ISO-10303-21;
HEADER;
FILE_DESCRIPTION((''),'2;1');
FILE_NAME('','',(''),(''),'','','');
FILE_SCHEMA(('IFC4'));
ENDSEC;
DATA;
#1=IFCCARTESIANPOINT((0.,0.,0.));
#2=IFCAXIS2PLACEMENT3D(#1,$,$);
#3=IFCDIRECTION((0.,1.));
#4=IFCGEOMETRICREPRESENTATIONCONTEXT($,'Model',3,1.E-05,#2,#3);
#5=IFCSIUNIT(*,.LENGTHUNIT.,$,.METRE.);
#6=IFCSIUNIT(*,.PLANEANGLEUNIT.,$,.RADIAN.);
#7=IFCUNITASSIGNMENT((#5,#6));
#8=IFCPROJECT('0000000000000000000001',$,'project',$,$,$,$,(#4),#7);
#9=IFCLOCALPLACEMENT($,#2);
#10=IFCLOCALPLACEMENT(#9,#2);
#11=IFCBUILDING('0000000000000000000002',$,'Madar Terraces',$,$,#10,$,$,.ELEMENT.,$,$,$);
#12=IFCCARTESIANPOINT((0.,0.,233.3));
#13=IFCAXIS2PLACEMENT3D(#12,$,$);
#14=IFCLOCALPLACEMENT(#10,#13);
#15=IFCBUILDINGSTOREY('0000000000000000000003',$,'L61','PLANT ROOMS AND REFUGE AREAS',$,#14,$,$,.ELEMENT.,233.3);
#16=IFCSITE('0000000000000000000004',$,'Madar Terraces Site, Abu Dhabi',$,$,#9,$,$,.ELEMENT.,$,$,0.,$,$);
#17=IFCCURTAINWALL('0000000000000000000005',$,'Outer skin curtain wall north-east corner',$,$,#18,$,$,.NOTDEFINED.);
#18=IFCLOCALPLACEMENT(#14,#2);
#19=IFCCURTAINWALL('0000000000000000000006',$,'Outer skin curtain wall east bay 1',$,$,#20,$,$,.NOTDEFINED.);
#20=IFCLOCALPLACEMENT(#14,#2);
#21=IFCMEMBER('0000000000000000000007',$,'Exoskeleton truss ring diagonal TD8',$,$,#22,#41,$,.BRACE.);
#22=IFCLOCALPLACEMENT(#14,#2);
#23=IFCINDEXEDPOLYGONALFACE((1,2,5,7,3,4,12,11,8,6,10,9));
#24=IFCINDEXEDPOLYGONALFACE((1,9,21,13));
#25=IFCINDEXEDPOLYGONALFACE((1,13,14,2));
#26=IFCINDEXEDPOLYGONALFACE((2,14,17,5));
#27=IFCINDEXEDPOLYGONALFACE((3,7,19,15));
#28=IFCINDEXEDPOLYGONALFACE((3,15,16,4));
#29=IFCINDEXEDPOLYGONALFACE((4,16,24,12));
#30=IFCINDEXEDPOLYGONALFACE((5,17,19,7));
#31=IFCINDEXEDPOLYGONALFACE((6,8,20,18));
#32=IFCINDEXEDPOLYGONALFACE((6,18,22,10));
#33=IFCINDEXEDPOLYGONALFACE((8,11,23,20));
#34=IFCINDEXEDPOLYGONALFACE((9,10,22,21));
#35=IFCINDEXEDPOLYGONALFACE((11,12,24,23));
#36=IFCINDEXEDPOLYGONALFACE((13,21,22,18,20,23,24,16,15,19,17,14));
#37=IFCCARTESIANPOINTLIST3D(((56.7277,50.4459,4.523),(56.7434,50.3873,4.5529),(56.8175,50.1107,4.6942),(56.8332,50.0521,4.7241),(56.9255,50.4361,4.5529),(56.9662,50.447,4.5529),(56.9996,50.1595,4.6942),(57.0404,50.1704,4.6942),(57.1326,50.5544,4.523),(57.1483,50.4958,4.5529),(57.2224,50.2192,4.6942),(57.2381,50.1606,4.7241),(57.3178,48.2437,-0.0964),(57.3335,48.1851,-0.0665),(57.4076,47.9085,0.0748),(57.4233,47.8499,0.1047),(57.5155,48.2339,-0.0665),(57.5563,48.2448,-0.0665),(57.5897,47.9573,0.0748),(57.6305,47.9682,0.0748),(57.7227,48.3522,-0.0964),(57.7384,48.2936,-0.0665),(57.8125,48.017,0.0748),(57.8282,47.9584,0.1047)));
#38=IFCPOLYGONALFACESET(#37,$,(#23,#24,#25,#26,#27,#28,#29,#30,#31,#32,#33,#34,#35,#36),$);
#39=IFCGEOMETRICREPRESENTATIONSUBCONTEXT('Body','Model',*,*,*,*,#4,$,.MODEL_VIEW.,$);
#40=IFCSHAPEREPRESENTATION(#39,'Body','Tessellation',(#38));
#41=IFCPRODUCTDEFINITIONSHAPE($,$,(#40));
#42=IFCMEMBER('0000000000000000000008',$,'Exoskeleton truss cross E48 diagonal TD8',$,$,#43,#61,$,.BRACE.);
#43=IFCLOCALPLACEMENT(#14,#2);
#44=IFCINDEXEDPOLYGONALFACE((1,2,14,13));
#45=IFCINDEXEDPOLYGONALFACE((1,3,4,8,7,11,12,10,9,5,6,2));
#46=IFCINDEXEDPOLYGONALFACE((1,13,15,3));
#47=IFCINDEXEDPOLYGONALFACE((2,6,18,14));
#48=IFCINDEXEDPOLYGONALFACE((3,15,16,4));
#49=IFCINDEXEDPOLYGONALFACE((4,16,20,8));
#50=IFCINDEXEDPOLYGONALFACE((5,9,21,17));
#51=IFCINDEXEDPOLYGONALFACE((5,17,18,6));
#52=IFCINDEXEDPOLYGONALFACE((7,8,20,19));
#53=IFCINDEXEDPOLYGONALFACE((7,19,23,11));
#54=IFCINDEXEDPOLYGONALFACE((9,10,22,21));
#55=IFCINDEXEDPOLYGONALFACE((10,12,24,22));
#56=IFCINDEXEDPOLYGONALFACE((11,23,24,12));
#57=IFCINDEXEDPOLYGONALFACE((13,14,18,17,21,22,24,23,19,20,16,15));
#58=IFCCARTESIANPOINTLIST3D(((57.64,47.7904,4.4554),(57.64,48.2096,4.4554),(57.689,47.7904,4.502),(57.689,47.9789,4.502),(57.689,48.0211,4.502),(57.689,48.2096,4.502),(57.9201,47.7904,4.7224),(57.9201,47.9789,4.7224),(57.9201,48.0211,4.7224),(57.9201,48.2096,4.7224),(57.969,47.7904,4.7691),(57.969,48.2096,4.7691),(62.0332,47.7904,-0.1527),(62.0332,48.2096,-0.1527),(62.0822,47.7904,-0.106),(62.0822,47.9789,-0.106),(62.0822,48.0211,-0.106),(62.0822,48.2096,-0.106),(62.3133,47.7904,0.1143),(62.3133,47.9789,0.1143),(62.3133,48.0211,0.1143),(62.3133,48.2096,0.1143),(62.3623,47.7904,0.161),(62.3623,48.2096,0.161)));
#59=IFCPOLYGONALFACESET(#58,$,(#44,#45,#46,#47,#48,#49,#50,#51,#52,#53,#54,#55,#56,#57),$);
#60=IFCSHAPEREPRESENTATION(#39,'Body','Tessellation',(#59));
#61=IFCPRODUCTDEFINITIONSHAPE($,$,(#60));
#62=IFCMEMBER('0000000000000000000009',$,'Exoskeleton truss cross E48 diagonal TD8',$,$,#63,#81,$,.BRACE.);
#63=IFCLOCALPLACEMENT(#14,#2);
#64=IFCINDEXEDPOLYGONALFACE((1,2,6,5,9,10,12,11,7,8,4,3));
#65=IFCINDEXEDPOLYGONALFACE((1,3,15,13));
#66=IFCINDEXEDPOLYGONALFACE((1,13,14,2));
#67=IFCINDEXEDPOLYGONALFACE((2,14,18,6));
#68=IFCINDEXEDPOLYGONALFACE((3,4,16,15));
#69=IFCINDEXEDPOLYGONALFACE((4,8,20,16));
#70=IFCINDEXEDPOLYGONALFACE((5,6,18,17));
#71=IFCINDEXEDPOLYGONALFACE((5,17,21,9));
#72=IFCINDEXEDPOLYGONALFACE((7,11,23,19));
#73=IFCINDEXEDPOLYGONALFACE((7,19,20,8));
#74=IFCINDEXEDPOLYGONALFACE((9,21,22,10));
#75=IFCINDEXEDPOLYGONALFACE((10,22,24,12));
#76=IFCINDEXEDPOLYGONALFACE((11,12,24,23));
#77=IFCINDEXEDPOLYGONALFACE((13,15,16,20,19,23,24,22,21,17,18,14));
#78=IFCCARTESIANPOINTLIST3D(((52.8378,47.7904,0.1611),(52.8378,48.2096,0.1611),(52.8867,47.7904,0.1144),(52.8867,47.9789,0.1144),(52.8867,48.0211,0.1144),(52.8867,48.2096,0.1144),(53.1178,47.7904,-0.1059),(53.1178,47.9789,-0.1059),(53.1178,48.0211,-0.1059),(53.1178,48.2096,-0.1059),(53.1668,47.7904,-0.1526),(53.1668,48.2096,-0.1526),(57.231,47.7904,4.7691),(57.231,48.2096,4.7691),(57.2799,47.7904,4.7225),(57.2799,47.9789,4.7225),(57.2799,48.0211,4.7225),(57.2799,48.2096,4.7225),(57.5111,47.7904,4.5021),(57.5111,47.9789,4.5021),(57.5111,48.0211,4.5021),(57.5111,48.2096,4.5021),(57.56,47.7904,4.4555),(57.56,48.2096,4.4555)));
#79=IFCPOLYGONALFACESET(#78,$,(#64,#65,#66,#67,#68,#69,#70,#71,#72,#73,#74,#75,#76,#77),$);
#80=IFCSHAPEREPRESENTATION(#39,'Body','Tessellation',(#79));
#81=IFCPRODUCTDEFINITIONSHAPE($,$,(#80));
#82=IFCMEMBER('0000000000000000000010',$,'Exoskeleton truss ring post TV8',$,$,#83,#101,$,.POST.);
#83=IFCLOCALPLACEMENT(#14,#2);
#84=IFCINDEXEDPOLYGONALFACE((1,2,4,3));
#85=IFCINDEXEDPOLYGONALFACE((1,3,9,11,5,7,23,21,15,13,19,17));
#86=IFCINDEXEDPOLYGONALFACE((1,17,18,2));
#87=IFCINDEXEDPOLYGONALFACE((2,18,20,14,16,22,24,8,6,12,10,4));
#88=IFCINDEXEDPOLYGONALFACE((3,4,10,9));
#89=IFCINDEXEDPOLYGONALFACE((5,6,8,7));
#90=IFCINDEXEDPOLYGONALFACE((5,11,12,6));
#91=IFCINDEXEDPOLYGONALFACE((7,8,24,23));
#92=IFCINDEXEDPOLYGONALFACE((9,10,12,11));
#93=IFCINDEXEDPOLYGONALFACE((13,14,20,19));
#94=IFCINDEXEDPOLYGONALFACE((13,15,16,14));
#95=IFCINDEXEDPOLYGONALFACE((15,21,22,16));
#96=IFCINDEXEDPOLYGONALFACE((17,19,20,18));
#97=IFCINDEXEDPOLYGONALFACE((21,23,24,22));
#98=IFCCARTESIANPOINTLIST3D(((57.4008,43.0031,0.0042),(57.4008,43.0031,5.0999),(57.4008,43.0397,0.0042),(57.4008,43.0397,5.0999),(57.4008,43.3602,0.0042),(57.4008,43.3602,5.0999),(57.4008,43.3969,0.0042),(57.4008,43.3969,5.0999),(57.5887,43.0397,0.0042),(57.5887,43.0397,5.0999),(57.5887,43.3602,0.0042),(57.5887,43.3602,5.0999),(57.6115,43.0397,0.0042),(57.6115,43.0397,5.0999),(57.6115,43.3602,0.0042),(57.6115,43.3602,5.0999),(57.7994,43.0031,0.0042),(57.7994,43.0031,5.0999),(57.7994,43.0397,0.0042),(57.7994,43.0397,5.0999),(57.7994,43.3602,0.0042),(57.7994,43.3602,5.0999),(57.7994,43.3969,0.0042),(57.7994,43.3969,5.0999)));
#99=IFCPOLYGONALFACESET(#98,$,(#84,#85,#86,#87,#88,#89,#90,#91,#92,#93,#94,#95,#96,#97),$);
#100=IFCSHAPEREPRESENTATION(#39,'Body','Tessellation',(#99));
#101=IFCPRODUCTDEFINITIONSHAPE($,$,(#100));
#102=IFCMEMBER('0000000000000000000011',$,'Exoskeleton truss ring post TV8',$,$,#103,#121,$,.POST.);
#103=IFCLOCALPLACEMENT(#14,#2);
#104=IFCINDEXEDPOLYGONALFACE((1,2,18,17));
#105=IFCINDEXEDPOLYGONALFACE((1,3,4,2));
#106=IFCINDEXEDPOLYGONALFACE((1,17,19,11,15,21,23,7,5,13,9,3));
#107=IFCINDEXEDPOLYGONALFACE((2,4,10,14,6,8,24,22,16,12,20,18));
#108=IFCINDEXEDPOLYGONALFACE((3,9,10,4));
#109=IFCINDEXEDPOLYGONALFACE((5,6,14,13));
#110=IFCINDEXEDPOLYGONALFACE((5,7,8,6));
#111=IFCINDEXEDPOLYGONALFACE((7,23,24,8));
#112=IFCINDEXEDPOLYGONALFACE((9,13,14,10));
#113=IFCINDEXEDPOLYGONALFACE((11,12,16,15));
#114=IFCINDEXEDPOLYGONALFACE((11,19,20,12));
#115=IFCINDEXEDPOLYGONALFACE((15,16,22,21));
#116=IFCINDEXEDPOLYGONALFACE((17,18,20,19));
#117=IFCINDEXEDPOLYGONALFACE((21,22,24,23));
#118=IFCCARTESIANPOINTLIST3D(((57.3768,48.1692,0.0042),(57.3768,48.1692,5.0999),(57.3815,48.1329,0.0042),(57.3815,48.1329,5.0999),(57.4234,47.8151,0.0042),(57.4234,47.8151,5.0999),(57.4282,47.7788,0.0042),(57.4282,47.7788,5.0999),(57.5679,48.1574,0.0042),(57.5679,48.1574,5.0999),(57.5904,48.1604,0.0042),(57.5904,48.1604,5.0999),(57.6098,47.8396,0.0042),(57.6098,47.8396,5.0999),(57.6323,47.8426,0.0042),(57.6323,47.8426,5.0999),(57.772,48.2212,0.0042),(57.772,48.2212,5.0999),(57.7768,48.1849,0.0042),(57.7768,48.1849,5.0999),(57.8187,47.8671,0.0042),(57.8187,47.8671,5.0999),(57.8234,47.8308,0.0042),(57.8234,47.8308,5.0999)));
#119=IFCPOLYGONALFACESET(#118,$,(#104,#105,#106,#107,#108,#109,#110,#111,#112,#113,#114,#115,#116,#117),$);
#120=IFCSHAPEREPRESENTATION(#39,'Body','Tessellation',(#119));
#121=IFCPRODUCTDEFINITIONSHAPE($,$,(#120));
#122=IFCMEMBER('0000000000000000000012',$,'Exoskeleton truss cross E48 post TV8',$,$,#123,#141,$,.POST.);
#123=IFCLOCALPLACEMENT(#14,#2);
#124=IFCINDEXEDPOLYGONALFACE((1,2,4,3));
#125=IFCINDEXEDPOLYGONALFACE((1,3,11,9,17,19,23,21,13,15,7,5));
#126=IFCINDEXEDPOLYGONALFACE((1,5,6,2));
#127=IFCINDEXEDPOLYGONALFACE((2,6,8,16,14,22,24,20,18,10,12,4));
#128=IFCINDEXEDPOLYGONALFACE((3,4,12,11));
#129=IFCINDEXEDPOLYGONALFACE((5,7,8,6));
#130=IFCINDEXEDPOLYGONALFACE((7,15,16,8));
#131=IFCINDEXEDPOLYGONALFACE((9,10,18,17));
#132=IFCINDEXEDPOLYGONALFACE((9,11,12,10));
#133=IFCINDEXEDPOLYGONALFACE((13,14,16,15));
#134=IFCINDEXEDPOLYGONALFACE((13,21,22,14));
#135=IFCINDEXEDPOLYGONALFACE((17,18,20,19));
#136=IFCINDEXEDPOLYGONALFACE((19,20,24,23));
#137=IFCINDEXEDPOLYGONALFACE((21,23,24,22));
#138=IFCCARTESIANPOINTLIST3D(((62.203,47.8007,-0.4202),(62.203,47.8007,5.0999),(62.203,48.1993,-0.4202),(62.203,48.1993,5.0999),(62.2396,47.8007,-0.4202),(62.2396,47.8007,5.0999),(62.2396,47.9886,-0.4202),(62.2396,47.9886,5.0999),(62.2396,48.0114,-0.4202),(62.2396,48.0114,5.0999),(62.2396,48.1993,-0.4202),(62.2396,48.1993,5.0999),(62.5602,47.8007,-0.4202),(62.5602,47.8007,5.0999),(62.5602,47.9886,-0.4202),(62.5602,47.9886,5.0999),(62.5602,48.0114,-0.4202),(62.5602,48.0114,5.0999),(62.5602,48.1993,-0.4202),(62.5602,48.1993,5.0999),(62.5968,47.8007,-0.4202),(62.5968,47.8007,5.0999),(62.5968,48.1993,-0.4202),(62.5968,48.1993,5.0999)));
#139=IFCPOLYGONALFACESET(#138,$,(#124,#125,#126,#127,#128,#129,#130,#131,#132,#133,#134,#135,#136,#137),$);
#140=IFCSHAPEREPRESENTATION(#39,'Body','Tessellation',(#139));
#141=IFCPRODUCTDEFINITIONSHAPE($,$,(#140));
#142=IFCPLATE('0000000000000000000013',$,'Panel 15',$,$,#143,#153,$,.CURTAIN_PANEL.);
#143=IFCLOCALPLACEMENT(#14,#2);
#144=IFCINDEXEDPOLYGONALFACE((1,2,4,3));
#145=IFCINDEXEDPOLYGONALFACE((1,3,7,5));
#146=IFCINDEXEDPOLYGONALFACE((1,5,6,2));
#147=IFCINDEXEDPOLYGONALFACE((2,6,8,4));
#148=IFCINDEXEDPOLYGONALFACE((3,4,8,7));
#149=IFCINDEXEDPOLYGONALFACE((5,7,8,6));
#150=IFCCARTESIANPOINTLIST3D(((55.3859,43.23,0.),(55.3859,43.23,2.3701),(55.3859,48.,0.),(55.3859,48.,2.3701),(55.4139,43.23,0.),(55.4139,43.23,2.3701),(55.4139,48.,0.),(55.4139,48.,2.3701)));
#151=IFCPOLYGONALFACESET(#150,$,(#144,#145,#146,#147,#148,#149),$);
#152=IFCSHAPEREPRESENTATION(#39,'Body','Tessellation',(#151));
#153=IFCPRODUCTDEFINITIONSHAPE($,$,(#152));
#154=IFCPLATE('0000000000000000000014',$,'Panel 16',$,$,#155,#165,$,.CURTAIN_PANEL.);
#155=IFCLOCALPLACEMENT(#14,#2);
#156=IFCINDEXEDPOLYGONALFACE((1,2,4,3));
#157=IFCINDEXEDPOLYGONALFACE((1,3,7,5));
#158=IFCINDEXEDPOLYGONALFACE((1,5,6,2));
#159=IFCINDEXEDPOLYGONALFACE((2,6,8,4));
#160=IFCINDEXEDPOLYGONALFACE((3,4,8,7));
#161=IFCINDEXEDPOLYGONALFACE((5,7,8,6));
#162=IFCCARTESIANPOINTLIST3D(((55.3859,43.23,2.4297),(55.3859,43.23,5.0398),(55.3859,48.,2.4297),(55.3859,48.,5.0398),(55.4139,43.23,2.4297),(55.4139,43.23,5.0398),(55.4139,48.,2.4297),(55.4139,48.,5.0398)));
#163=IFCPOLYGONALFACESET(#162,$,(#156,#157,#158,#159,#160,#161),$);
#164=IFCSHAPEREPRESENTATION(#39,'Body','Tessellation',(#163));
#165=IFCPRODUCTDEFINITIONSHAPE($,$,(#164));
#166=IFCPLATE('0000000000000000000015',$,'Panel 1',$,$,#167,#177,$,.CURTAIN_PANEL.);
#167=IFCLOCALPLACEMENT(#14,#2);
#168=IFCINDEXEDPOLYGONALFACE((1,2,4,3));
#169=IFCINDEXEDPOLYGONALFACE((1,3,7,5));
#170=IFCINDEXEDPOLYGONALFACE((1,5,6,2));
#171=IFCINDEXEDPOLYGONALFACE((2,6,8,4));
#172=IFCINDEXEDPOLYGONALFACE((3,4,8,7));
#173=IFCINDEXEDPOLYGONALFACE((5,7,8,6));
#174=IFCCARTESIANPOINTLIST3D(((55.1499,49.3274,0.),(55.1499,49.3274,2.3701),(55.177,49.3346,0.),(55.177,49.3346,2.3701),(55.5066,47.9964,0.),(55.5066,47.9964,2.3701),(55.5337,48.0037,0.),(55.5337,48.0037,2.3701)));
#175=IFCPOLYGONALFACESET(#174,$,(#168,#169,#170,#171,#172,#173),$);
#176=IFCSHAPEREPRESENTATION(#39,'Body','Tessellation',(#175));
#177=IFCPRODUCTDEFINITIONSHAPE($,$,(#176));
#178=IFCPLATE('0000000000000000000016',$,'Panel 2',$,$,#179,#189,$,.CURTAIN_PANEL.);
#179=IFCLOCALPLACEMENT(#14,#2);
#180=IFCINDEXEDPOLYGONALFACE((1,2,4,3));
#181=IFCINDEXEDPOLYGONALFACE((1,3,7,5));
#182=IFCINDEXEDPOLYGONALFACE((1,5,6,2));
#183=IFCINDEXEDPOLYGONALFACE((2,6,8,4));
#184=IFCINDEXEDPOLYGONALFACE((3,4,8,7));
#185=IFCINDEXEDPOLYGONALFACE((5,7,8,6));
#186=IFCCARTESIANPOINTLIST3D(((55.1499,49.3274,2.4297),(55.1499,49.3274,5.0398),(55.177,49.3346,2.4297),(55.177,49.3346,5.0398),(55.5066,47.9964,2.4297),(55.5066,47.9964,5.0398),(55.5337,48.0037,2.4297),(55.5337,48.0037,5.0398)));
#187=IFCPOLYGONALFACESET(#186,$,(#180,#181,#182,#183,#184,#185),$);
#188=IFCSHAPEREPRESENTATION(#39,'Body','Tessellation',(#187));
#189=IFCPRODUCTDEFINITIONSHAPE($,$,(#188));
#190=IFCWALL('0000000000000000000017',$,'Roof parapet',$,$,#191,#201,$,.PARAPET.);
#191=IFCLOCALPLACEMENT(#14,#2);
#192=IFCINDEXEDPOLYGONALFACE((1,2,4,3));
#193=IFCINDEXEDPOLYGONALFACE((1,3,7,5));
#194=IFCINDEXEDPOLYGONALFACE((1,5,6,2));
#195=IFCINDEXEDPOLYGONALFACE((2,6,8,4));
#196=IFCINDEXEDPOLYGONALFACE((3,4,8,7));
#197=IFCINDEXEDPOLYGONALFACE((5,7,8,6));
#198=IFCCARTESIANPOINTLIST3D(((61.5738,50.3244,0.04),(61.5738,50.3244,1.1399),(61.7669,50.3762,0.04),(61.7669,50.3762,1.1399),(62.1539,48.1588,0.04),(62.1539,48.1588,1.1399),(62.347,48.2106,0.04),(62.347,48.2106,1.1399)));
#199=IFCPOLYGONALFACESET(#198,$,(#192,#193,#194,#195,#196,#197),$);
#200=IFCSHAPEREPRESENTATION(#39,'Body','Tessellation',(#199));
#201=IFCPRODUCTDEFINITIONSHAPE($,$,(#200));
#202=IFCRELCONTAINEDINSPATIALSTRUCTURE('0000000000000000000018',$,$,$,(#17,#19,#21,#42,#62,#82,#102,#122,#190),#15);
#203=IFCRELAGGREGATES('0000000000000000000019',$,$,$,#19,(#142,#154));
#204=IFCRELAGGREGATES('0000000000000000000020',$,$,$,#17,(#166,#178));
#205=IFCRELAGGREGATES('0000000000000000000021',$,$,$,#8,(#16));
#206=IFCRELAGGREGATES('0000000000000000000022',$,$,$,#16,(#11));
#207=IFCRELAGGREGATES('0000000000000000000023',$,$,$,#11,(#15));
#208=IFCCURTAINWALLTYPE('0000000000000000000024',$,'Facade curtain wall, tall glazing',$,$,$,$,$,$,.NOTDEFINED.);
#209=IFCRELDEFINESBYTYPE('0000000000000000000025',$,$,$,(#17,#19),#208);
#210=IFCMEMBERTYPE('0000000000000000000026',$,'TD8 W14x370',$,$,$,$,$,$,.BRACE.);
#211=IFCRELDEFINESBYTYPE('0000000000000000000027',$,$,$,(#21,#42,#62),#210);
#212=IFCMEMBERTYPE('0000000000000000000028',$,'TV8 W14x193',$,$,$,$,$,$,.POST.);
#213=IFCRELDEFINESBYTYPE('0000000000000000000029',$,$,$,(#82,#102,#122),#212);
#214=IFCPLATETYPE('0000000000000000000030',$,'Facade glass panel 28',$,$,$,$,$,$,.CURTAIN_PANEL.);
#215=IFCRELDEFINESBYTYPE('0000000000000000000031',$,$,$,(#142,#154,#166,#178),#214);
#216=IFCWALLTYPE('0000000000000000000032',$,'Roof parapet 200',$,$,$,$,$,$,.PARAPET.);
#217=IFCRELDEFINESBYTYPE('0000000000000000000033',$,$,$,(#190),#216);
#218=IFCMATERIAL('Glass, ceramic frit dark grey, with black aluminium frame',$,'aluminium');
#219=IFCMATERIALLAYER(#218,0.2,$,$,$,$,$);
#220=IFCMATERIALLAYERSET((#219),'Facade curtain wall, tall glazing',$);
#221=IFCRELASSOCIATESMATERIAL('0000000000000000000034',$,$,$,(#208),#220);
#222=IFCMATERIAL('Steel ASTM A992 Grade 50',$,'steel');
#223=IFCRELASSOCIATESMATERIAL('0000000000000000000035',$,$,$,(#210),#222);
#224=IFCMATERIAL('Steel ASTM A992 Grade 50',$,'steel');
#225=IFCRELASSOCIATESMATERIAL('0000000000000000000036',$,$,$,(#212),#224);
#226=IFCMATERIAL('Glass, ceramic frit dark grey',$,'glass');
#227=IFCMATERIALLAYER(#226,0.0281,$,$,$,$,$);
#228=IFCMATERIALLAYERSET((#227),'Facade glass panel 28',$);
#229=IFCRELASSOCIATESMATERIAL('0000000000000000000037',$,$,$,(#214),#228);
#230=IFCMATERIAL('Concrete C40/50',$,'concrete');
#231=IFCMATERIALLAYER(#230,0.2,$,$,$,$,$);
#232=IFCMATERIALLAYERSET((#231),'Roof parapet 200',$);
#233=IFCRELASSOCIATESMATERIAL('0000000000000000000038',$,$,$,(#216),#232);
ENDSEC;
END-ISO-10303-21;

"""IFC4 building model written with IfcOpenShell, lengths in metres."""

from ifc_helpers import new_model, si_unit, direction, frame, frame_2d, origin, origin_2d, place, context, subcontext, project, spatial, rectangle, i_section, extrude, material, layer, layer_set, material_profile, profile_set, type_object, element, aggregate, save


model = new_model("IFC4")

# Units and contexts
model_context = context("Model", 3, precision=1e-05, world=origin(), true_north=direction((0.0, 1.0)))
body_context = subcontext(model_context, "Body", "Model", "MODEL_VIEW")
ifc_project = project(units=[si_unit("LENGTHUNIT", "METRE"), si_unit("PLANEANGLEUNIT", "RADIAN")], contexts=[model_context])

# Site, building, storey
site_placement = place(None, origin())
site = spatial("IfcSite", under=ifc_project, at=site_placement, Name="Madar Terraces Site, Abu Dhabi", CompositionType="ELEMENT", RefElevation=0.0)
building_placement = place(site_placement, origin())
building = spatial("IfcBuilding", under=site, at=building_placement, Name="Madar Terraces", CompositionType="ELEMENT")
storey_placement = place(building_placement, frame((0.0, 0.0, 233.3)))
storey = spatial("IfcBuildingStorey", under=building, at=storey_placement, Name="L61", Description="PLANT ROOMS AND REFUGE AREAS", CompositionType="ELEMENT", Elevation=233.3)

# Curtain walls
ifc_material_1 = material(Name="Glass, ceramic frit dark grey, with black aluminium frame", Category="aluminium")
ifc_layer_1 = layer(ifc_material_1, 0.2)
ifc_layer_set_1 = layer_set([ifc_layer_1], Name="Facade curtain wall, tall glazing")
curtain_wall_type = type_object("IfcCurtainWallType", Name="Facade curtain wall, tall glazing", PredefinedType="NOTDEFINED", material=ifc_layer_set_1)
curtain_wall_1_placement = place(storey_placement, origin())
curtain_wall_1 = element("IfcCurtainWall", 1, at=curtain_wall_1_placement, inside=storey, type_object=curtain_wall_type, Name="Outer skin curtain wall north-east corner", PredefinedType="NOTDEFINED")
curtain_wall_2_placement = place(storey_placement, origin())
curtain_wall_2 = element("IfcCurtainWall", 2, at=curtain_wall_2_placement, inside=storey, type_object=curtain_wall_type, Name="Outer skin curtain wall east bay 1", PredefinedType="NOTDEFINED")

# Members
ifc_material_2 = material(Name="Steel ASTM A992 Grade 50", Category="steel")
ifc_material_profile_1 = material_profile(ifc_material_2, i_section(OverallWidth=0.4192, OverallDepth=0.4546, WebThickness=0.0422, FlangeThickness=0.0676, at=origin_2d()), Name="W14x370")
ifc_profile_set_1 = profile_set([ifc_material_profile_1], Name="Steel ASTM A992 Grade 50")
member_type_1 = type_object("IfcMemberType", Name="TD8 W14x370", PredefinedType="BRACE", material=ifc_profile_set_1)
member_1_placement = place(storey_placement, frame((57.573, 48.1011, 0.0042), z_axis=(-0.11455, 0.42749, 0.896733), x_axis=(-0.965923, -0.258829, 0.0)))
element("IfcMember", 3, at=member_1_placement, inside=storey, type_object=member_type_1, Name="Exoskeleton truss ring diagonal TD8", PredefinedType="BRACE", context=body_context, shape_type="SweptSolid", body=[
    extrude(i_section(OverallWidth=0.4192, OverallDepth=0.4546, WebThickness=0.0422, FlangeThickness=0.0676, at=origin_2d()), origin(), (0.0, 0.0, 1.0), 5.1514),
])
for number, where, z_axis, x_axis, name in (
    (4, (62.1978, 48.0, 0.0042), (-0.690033, 0.0, 0.723778), (0.0, -1.0, 0.0), "Exoskeleton truss cross E48 diagonal TD8"),
    (5, (57.3955, 48.0, 4.6123), (-0.690033, 0.0, -0.723778), (0.0, -1.0, 0.0), "Exoskeleton truss cross E48 diagonal TD8"),
):
    element("IfcMember", number, at=place(storey_placement, frame(where, z_axis=z_axis, x_axis=x_axis)), inside=storey, type_object=member_type_1, Name=name, PredefinedType="BRACE", context=body_context, shape_type="SweptSolid", body=[
        extrude(i_section(OverallWidth=0.4192, OverallDepth=0.4546, WebThickness=0.0422, FlangeThickness=0.0676, at=origin_2d()), origin(), (0.0, 0.0, 1.0), 6.3667),
    ])
ifc_material_3 = material(Name="Steel ASTM A992 Grade 50", Category="steel")
ifc_material_profile_2 = material_profile(ifc_material_3, i_section(OverallWidth=0.3987, OverallDepth=0.3938, WebThickness=0.0227, FlangeThickness=0.0366, at=origin_2d()), Name="W14x193")
ifc_profile_set_2 = profile_set([ifc_material_profile_2], Name="Steel ASTM A992 Grade 50")
member_type_2 = type_object("IfcMemberType", Name="TV8 W14x193", PredefinedType="POST", material=ifc_profile_set_2)
for number, where, z_axis, x_axis, name in (
    (6, (57.6001, 43.2, 0.0042), (0.0, 0.0, 1.0), (-1.0, 0.0, 0.0), "Exoskeleton truss ring post TV8"),
    (7, (57.6001, 48.0, 0.0042), (0.0, 0.0, 1.0), (-0.991445, -0.130526, 0.0), "Exoskeleton truss ring post TV8"),
):
    element("IfcMember", number, at=place(storey_placement, frame(where, z_axis=z_axis, x_axis=x_axis)), inside=storey, type_object=member_type_2, Name=name, PredefinedType="POST", context=body_context, shape_type="SweptSolid", body=[
        extrude(i_section(OverallWidth=0.3987, OverallDepth=0.3938, WebThickness=0.0227, FlangeThickness=0.0366, at=origin_2d()), origin(), (0.0, 0.0, 1.0), 5.0957),
    ])
member_2_placement = place(storey_placement, frame((62.3999, 48.0, -0.4202), z_axis=(0.0, 0.0, 1.0), x_axis=(0.0, 1.0, 0.0)))
element("IfcMember", 8, at=member_2_placement, inside=storey, type_object=member_type_2, Name="Exoskeleton truss cross E48 post TV8", PredefinedType="POST", context=body_context, shape_type="SweptSolid", body=[
    extrude(i_section(OverallWidth=0.3987, OverallDepth=0.3938, WebThickness=0.0227, FlangeThickness=0.0366, at=origin_2d()), origin(), (0.0, 0.0, 1.0), 5.52),
])

# Plates
ifc_material_4 = material(Name="Glass, ceramic frit dark grey", Category="glass")
ifc_layer_2 = layer(ifc_material_4, 0.0281)
ifc_layer_set_2 = layer_set([ifc_layer_2], Name="Facade glass panel 28")
plate_type = type_object("IfcPlateType", Name="Facade glass panel 28", PredefinedType="CURTAIN_PANEL", material=ifc_layer_set_2)
plate_1_placement = place(storey_placement, frame((55.3999, 45.615, 0.0), z_axis=(0.0, 0.0, 1.0), x_axis=(0.0, 1.0, 0.0)))
plate_1 = element("IfcPlate", 9, at=plate_1_placement, type_object=plate_type, Name="Panel 15", PredefinedType="CURTAIN_PANEL", context=body_context, shape_type="SweptSolid", body=[
    extrude(rectangle(XDim=4.77, YDim=0.0281, at=origin_2d()), origin(), (0.0, 0.0, 1.0), 2.3701),
])
plate_2_placement = place(storey_placement, frame((55.3999, 45.615, 2.4297), z_axis=(0.0, 0.0, 1.0), x_axis=(0.0, 1.0, 0.0)))
plate_2 = element("IfcPlate", 10, at=plate_2_placement, type_object=plate_type, Name="Panel 16", PredefinedType="CURTAIN_PANEL", context=body_context, shape_type="SweptSolid", body=[
    extrude(rectangle(XDim=4.77, YDim=0.0281, at=origin_2d()), origin(), (0.0, 0.0, 1.0), 2.6101),
])
aggregate(curtain_wall_2, [plate_1, plate_2])
plate_3_placement = place(storey_placement, frame((55.3418, 48.6655, 0.0), z_axis=(0.0, 0.0, 1.0), x_axis=(-0.258819, 0.965926, 0.0)))
plate_3 = element("IfcPlate", 11, at=plate_3_placement, type_object=plate_type, Name="Panel 1", PredefinedType="CURTAIN_PANEL", context=body_context, shape_type="SweptSolid", body=[
    extrude(rectangle(XDim=1.3779, YDim=0.0281, at=origin_2d()), origin(), (0.0, 0.0, 1.0), 2.3701),
])
plate_4_placement = place(storey_placement, frame((55.3418, 48.6655, 2.4297), z_axis=(0.0, 0.0, 1.0), x_axis=(-0.258819, 0.965926, 0.0)))
plate_4 = element("IfcPlate", 12, at=plate_4_placement, type_object=plate_type, Name="Panel 2", PredefinedType="CURTAIN_PANEL", context=body_context, shape_type="SweptSolid", body=[
    extrude(rectangle(XDim=1.3779, YDim=0.0281, at=origin_2d()), origin(), (0.0, 0.0, 1.0), 2.6101),
])
aggregate(curtain_wall_1, [plate_3, plate_4])

# Wall
ifc_material_5 = material(Name="Concrete C40/50", Category="concrete")
ifc_layer_3 = layer(ifc_material_5, 0.2)
ifc_layer_set_3 = layer_set([ifc_layer_3], Name="Roof parapet 200")
wall_type = type_object("IfcWallType", Name="Roof parapet 200", PredefinedType="PARAPET", material=ifc_layer_set_3)
wall_placement = place(storey_placement, frame((62.2505, 48.1846, 0.04), z_axis=(0.0, 0.0, 1.0), x_axis=(-0.258747, 0.965945, 0.0)))
element("IfcWall", 13, at=wall_placement, inside=storey, type_object=wall_type, Name="Roof parapet", PredefinedType="PARAPET", context=body_context, shape_type="SweptSolid", body=[
    extrude(rectangle(XDim=2.2419, YDim=0.2, at=frame_2d((1.1211, 0.0))), origin(), (0.0, 0.0, 1.0), 1.0999),
])

save(model, "model.ifc")
